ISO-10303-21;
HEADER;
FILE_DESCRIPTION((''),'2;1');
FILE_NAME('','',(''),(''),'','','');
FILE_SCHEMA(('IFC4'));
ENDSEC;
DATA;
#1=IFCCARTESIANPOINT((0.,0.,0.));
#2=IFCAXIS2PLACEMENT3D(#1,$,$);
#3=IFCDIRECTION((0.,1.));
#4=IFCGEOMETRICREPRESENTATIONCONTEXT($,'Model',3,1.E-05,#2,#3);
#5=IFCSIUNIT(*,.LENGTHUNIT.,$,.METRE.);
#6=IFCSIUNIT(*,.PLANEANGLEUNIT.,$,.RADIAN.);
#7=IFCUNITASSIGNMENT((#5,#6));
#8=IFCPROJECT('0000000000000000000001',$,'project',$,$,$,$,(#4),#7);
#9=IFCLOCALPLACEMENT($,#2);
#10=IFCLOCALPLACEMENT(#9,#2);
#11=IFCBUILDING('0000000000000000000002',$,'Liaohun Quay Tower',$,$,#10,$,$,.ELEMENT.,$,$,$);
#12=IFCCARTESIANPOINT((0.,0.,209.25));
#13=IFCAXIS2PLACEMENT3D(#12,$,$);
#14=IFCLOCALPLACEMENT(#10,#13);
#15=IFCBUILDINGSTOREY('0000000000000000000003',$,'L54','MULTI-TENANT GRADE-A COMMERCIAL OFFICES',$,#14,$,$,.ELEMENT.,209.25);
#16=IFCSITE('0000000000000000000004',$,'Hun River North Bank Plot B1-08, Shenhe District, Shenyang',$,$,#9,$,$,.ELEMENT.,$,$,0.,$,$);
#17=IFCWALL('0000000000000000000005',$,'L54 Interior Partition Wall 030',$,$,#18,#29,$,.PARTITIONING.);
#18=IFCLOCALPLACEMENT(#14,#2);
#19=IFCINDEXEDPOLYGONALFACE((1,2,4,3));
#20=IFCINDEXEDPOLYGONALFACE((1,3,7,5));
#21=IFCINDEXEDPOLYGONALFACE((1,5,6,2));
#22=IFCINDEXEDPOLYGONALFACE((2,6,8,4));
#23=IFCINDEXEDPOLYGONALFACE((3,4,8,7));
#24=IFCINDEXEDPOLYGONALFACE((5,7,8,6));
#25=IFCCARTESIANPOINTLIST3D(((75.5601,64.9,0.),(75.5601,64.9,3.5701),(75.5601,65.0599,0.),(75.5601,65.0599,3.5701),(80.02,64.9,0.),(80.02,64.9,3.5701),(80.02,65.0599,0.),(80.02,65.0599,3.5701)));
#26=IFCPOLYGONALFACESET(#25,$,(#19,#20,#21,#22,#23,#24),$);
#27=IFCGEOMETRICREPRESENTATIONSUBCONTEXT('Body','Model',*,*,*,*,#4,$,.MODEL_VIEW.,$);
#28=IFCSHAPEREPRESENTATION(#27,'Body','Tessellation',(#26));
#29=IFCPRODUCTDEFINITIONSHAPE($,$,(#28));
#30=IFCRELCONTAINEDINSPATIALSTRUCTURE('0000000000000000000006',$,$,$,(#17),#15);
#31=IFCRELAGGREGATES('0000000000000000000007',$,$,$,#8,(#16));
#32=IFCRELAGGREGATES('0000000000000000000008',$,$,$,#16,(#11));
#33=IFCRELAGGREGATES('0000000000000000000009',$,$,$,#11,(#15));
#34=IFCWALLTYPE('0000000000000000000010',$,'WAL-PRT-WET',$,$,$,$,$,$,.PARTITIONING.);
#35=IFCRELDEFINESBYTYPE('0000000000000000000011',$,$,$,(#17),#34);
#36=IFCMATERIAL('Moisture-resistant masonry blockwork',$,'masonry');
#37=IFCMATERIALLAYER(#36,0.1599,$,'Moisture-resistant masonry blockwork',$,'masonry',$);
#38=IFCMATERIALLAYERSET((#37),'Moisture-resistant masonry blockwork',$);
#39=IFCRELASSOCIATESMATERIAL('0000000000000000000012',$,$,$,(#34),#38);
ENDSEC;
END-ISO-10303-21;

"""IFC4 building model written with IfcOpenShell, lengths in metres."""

from ifc_helpers import new_model, si_unit, direction, frame, frame_2d, origin, place, context, subcontext, project, spatial, rectangle, extrude, material, layer, layer_set, type_object, element, save


model = new_model("IFC4")

# Units and contexts
model_context = context("Model", 3, precision=1e-05, world=origin(), true_north=direction((0.0, 1.0)))
body_context = subcontext(model_context, "Body", "Model", "MODEL_VIEW")
ifc_project = project(units=[si_unit("LENGTHUNIT", "METRE"), si_unit("PLANEANGLEUNIT", "RADIAN")], contexts=[model_context])

# Site, building, storey
site_placement = place(None, origin())
site = spatial("IfcSite", under=ifc_project, at=site_placement, Name="Hun River North Bank Plot B1-08, Shenhe District, Shenyang", CompositionType="ELEMENT", RefElevation=0.0)
building_placement = place(site_placement, origin())
building = spatial("IfcBuilding", under=site, at=building_placement, Name="Liaohun Quay Tower", CompositionType="ELEMENT")
storey_placement = place(building_placement, frame((0.0, 0.0, 209.25)))
storey = spatial("IfcBuildingStorey", under=building, at=storey_placement, Name="L54", Description="MULTI-TENANT GRADE-A COMMERCIAL OFFICES", CompositionType="ELEMENT", Elevation=209.25)

# Wall
ifc_material_1 = material(Name="Moisture-resistant masonry blockwork", Category="masonry")
ifc_layer_1 = layer(ifc_material_1, 0.1599, Name="Moisture-resistant masonry blockwork", Category="masonry")
ifc_layer_set_1 = layer_set([ifc_layer_1], Name="Moisture-resistant masonry blockwork")
wall_type_1 = type_object("IfcWallType", Name="WAL-PRT-WET", PredefinedType="PARTITIONING", material=ifc_layer_set_1)
wall_1_placement = place(storey_placement, frame((75.5601, 64.98, 0.0), z_axis=(0.0, 0.0, 1.0), x_axis=(1.0, 0.0, 0.0)))
element("IfcWall", 1, at=wall_1_placement, inside=storey, type_object=wall_type_1, Name="L54 Interior Partition Wall 030", PredefinedType="PARTITIONING", context=body_context, shape_type="SweptSolid", body=[
    extrude(rectangle(XDim=4.46, YDim=0.1599, at=frame_2d((2.23, 0.0))), origin(), (0.0, 0.0, 1.0), 3.5701),
])

save(model, "model.ifc")
